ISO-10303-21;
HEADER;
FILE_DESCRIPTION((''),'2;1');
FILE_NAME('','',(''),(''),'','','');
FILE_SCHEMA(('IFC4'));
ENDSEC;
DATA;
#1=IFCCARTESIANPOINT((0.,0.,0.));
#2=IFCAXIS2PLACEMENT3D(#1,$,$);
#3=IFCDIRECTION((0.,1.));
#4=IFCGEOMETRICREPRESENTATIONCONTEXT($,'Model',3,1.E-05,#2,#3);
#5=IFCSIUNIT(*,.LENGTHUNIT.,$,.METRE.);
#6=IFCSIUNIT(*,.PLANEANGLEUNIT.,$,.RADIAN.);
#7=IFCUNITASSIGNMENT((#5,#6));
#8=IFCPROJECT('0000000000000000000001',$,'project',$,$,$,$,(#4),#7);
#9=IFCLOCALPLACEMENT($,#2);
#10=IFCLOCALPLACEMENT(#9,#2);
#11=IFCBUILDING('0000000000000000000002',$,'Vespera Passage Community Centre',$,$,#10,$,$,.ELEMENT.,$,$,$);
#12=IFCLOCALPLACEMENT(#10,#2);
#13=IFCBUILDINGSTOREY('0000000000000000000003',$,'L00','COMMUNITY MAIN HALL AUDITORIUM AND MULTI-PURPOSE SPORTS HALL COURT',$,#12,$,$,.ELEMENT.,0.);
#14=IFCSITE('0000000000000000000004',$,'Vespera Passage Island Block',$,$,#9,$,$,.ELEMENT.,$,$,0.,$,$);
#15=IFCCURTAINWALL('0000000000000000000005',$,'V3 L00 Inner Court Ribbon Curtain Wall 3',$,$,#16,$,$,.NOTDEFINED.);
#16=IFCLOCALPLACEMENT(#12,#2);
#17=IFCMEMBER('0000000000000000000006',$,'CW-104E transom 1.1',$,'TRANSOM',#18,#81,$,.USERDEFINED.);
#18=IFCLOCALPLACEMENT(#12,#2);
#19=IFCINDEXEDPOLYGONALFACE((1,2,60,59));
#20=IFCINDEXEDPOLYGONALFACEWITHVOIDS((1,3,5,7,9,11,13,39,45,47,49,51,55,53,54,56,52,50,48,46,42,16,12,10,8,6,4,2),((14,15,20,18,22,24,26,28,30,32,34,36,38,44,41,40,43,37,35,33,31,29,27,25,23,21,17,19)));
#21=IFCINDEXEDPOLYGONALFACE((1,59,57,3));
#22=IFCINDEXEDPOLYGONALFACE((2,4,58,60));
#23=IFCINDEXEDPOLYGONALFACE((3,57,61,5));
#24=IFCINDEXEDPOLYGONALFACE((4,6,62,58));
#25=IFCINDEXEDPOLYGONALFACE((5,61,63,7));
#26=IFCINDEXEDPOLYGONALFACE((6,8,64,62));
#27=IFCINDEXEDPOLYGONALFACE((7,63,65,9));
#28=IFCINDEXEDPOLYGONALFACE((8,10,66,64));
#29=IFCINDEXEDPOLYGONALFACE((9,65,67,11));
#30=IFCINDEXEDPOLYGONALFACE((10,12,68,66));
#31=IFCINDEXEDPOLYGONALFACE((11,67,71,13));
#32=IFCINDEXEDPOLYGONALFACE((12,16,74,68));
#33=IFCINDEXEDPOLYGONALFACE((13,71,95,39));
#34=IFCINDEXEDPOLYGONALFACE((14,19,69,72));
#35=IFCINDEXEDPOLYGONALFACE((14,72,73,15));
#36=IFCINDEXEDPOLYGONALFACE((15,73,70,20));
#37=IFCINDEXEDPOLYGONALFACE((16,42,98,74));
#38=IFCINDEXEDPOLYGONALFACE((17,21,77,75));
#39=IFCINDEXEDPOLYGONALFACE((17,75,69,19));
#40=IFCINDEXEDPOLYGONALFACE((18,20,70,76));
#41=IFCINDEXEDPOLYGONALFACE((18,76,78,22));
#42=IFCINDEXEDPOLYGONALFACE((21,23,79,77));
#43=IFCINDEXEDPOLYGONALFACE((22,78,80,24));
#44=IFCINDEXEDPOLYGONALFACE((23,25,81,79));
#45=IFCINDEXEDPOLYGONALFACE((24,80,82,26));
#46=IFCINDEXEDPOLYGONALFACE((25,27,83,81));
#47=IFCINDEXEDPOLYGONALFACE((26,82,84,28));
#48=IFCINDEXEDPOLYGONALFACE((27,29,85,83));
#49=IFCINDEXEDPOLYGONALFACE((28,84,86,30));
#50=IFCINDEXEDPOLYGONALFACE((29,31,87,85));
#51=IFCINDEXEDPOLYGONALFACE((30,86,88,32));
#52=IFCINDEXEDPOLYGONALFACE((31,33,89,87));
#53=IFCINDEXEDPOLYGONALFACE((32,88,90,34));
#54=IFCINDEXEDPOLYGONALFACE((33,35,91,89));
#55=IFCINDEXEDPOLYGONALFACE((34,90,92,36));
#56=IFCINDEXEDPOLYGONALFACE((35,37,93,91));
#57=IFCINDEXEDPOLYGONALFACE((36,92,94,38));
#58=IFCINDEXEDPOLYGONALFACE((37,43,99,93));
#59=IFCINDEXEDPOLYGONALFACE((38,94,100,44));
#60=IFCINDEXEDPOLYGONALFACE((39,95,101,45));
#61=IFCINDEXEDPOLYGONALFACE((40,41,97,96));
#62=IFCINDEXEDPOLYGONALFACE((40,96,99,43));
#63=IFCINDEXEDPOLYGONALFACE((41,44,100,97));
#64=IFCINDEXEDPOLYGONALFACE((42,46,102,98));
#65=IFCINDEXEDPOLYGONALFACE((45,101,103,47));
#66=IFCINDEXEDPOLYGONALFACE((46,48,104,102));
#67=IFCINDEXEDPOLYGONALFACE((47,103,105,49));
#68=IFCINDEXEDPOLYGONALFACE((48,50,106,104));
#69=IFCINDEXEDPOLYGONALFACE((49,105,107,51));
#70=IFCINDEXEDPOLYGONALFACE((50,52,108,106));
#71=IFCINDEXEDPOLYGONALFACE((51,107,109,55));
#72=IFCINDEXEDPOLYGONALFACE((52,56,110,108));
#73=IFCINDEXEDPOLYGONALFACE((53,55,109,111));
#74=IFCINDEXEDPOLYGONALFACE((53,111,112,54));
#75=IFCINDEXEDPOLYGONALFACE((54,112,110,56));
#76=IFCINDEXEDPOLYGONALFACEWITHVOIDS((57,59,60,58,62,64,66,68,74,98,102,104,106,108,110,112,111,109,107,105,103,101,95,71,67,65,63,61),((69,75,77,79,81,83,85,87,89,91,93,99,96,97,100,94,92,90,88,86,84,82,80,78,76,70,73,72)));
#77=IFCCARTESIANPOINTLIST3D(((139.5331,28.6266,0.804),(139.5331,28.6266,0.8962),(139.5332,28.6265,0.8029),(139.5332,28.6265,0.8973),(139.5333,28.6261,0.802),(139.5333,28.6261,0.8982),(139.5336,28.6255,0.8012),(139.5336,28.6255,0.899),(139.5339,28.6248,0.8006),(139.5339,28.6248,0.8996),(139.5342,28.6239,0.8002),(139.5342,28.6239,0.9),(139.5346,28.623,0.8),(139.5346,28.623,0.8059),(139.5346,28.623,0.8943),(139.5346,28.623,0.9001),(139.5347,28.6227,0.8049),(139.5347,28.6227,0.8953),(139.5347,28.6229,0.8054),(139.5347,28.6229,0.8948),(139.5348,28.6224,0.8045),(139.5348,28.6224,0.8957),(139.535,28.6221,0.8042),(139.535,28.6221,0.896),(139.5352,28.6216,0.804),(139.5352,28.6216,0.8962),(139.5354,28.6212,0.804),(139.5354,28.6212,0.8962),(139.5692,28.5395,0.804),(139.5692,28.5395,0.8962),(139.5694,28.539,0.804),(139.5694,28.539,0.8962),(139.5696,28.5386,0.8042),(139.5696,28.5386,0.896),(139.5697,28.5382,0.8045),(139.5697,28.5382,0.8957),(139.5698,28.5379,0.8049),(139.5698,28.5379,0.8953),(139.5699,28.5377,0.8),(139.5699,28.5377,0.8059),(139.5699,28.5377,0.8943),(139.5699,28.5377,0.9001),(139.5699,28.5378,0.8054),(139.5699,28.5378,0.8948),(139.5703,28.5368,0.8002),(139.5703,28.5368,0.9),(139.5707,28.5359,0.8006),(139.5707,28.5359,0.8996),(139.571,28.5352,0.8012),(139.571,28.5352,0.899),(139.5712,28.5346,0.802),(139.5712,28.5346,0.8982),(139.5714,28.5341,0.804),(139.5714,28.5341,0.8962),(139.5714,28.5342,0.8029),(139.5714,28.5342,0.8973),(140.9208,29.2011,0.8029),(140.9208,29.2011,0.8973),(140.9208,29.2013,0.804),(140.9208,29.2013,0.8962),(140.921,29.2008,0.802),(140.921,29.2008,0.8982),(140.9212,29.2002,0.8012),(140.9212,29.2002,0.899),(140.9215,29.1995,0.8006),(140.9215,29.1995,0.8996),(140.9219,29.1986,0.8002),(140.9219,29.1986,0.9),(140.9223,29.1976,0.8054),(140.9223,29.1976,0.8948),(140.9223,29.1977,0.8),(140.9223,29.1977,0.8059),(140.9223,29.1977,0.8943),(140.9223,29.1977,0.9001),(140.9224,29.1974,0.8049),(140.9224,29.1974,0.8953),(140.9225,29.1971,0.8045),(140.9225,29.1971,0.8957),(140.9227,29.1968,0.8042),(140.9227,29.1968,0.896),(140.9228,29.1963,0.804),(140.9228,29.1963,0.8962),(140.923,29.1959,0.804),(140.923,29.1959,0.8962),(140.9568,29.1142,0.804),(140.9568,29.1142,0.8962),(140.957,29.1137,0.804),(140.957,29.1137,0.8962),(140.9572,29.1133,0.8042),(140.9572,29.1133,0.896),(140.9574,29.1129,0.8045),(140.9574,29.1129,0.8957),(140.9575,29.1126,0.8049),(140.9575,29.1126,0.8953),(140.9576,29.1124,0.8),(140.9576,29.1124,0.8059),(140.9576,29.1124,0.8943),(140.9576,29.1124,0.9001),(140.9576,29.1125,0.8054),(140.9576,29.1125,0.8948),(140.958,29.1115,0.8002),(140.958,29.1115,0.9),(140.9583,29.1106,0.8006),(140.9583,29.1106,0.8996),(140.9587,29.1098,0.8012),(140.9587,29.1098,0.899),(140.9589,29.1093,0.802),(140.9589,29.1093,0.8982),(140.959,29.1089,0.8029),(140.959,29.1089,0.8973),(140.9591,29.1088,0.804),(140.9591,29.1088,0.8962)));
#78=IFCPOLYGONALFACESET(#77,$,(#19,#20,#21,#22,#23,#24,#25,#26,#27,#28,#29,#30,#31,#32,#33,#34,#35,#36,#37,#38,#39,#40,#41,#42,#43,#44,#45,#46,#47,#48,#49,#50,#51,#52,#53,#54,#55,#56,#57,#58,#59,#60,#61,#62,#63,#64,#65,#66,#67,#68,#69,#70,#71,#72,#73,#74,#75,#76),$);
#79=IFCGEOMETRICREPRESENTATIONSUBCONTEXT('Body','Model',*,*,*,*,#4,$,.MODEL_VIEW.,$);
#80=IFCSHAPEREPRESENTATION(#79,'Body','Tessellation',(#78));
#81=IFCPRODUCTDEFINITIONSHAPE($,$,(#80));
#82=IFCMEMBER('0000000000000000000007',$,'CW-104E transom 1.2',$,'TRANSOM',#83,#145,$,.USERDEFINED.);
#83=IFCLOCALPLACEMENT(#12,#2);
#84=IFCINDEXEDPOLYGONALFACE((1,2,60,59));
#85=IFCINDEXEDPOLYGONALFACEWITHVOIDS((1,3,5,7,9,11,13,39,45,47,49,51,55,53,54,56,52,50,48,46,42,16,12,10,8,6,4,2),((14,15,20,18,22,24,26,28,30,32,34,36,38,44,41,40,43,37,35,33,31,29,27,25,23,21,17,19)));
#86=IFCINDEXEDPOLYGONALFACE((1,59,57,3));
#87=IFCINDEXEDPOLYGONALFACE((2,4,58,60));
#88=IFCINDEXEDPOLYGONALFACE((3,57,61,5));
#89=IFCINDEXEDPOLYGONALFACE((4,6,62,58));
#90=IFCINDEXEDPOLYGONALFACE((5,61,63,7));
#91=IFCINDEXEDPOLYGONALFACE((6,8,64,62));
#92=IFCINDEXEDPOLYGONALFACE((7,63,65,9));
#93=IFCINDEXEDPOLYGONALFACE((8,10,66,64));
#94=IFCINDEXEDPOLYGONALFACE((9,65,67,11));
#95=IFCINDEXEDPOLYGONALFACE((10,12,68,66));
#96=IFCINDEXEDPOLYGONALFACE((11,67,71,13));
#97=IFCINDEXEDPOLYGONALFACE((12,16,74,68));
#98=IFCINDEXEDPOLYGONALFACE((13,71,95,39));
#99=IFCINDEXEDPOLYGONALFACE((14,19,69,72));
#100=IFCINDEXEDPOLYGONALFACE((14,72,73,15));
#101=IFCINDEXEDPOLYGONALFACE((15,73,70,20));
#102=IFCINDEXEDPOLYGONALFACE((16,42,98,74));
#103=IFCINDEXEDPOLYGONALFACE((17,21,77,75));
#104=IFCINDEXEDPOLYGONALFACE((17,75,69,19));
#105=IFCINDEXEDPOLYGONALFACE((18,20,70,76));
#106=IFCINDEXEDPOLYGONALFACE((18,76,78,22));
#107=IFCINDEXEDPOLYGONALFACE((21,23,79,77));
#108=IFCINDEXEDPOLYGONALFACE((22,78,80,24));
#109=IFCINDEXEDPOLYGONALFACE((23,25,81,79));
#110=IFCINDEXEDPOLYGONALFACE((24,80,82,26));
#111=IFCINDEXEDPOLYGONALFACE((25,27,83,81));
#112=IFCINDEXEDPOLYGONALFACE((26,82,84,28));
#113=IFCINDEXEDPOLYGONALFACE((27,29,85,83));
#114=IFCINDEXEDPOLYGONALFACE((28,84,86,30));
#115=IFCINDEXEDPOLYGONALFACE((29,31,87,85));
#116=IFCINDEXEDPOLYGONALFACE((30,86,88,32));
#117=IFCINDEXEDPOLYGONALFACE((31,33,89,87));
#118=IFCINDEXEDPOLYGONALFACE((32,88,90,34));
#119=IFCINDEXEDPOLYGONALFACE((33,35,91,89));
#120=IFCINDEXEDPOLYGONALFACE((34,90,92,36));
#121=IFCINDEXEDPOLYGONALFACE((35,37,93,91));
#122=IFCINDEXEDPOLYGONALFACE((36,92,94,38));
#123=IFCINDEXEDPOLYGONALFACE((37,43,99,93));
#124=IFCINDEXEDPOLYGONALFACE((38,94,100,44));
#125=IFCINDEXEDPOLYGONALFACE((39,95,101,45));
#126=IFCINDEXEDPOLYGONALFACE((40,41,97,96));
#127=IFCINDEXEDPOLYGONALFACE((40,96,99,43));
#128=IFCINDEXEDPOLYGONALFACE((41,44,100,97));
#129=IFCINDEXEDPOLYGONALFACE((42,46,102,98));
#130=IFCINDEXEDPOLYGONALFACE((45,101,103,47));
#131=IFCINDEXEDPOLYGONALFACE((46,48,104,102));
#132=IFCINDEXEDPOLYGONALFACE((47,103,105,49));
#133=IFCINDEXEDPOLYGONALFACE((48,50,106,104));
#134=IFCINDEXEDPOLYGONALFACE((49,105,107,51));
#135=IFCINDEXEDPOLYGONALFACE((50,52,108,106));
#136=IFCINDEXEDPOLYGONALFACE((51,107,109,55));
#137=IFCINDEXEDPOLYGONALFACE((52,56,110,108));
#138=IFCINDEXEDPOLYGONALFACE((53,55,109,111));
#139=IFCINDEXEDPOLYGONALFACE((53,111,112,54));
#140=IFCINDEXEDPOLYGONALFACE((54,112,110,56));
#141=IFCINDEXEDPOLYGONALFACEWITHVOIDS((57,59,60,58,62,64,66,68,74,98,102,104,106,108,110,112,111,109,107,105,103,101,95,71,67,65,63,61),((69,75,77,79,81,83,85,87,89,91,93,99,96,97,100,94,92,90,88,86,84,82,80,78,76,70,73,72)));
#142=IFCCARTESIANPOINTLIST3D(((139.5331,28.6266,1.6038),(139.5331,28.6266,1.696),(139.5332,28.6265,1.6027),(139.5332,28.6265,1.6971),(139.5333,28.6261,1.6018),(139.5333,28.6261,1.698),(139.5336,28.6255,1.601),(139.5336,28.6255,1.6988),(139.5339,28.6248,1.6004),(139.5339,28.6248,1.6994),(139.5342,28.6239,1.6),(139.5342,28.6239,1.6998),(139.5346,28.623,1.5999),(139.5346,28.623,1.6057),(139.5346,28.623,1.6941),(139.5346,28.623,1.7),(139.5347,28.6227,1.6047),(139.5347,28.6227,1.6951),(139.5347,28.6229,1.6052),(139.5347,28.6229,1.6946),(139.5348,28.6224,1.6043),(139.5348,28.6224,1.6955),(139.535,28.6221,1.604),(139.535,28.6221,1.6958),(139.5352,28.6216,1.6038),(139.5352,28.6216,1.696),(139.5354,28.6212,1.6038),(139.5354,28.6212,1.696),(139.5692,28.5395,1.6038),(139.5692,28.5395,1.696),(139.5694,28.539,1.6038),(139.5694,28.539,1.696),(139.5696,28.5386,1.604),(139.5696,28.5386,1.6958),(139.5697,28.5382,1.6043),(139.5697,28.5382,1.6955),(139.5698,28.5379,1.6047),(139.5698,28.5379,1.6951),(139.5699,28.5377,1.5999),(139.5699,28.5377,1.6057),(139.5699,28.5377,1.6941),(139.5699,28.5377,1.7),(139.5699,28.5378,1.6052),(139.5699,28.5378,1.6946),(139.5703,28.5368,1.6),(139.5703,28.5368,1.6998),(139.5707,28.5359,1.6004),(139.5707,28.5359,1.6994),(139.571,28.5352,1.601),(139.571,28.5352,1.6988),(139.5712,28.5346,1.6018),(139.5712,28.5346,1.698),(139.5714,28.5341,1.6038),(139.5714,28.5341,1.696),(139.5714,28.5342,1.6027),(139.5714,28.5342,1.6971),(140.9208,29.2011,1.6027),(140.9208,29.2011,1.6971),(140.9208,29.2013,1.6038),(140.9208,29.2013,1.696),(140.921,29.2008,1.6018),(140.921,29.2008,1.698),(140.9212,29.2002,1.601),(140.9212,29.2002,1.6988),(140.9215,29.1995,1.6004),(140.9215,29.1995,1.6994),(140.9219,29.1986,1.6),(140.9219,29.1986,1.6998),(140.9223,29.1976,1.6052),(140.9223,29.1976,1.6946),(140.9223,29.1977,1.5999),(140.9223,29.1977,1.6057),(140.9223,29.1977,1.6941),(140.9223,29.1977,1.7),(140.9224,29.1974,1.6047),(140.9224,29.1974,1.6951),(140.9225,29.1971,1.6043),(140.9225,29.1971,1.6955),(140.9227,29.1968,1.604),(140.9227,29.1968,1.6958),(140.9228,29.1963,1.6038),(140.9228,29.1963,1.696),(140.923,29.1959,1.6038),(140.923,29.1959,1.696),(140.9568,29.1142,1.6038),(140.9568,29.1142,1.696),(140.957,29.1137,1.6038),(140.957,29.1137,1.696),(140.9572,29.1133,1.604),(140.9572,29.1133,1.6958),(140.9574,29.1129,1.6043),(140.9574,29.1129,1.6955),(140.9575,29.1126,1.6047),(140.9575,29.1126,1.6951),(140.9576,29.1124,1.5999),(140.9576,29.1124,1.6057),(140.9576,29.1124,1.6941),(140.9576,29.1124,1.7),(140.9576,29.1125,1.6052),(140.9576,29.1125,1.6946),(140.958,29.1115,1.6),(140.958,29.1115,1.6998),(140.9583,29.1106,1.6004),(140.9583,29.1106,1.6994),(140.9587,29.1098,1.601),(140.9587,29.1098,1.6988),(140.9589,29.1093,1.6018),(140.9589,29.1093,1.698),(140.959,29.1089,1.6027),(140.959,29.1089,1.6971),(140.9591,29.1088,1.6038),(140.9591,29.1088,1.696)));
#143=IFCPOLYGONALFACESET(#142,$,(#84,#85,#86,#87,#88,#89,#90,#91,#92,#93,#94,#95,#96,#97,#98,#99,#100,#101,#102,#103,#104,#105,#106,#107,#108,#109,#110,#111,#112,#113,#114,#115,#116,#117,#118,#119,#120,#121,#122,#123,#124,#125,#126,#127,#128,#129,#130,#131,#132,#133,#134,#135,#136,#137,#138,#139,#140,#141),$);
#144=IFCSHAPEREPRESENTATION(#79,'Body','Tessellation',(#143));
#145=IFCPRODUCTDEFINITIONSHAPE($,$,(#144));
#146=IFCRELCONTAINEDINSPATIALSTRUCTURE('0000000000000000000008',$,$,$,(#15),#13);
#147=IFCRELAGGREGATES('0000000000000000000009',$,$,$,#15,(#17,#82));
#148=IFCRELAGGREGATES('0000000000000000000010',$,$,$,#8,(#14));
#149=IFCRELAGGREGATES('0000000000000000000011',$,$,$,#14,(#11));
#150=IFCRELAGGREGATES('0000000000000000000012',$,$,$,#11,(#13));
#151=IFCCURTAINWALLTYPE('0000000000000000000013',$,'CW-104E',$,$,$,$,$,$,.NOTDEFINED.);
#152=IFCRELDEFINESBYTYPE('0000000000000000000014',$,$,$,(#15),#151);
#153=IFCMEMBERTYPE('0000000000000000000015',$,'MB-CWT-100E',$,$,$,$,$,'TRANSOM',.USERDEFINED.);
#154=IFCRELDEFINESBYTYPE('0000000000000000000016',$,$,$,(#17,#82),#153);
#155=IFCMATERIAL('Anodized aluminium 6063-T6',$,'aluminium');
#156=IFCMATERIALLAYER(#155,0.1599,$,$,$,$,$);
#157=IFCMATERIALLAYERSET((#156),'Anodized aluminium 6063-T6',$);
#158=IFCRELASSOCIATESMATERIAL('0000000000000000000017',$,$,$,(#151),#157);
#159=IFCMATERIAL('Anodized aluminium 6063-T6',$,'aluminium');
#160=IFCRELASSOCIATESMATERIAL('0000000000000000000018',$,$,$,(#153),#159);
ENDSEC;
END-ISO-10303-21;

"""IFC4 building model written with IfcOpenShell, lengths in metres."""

from ifc_helpers import new_model, si_unit, direction, frame, origin, origin_2d, place, context, subcontext, project, spatial, hollow_rectangle, extrude, material, layer, layer_set, material_profile, profile_set, type_object, element, aggregate, save


model = new_model("IFC4")

# Units and contexts
model_context = context("Model", 3, precision=1e-05, world=origin(), true_north=direction((0.0, 1.0)))
body_context = subcontext(model_context, "Body", "Model", "MODEL_VIEW")
ifc_project = project(units=[si_unit("LENGTHUNIT", "METRE"), si_unit("PLANEANGLEUNIT", "RADIAN")], contexts=[model_context])

# Site, building, storey
site_placement = place(None, origin())
site = spatial("IfcSite", under=ifc_project, at=site_placement, Name="Vespera Passage Island Block", CompositionType="ELEMENT", RefElevation=0.0)
building_placement = place(site_placement, origin())
building = spatial("IfcBuilding", under=site, at=building_placement, Name="Vespera Passage Community Centre", CompositionType="ELEMENT")
storey_placement = place(building_placement, origin())
storey = spatial("IfcBuildingStorey", under=building, at=storey_placement, Name="L00", Description="COMMUNITY MAIN HALL AUDITORIUM AND MULTI-PURPOSE SPORTS HALL COURT", CompositionType="ELEMENT", Elevation=0.0)

# Curtain wall
ifc_material_1 = material(Name="Anodized aluminium 6063-T6", Category="aluminium")
ifc_layer_1 = layer(ifc_material_1, 0.1599)
ifc_layer_set_1 = layer_set([ifc_layer_1], Name="Anodized aluminium 6063-T6")
curtain_wall_type_1 = type_object("IfcCurtainWallType", Name="CW-104E", PredefinedType="NOTDEFINED", material=ifc_layer_set_1)
curtain_wall_1_placement = place(storey_placement, origin())
curtain_wall_1 = element("IfcCurtainWall", 1, at=curtain_wall_1_placement, inside=storey, type_object=curtain_wall_type_1, Name="V3 L00 Inner Court Ribbon Curtain Wall 3", PredefinedType="NOTDEFINED")

# Members
ifc_material_2 = material(Name="Anodized aluminium 6063-T6", Category="aluminium")
ifc_material_profile_1 = material_profile(ifc_material_2, hollow_rectangle(XDim=0.1001, YDim=0.1001, WallThickness=0.0039, InnerFilletRadius=0.002, OuterFilletRadius=0.0039, at=origin_2d()), Name="ALU100X100X4")
ifc_profile_set_1 = profile_set([ifc_material_profile_1], Name="Anodized aluminium 6063-T6")
member_type_1 = type_object("IfcMemberType", Name="MB-CWT-100E", ElementType="TRANSOM", PredefinedType="USERDEFINED", material=ifc_profile_set_1)
member_1_placement = place(storey_placement, frame((140.9399, 29.155, 0.8501), z_axis=(-0.923902, -0.382629, 0.0), x_axis=(0.382629, -0.923902, 0.0)))
member_1 = element("IfcMember", 2, at=member_1_placement, type_object=member_type_1, Name="CW-104E transom 1.1", ObjectType="TRANSOM", PredefinedType="USERDEFINED", context=body_context, shape_type="SweptSolid", body=[
    extrude(hollow_rectangle(XDim=0.1001, YDim=0.1001, WallThickness=0.0039, InnerFilletRadius=0.002, OuterFilletRadius=0.0039, at=origin_2d()), origin(), (0.0, 0.0, 1.0), 1.502),
])
member_2_placement = place(storey_placement, frame((140.9399, 29.155, 1.6499), z_axis=(-0.923902, -0.382629, 0.0), x_axis=(0.382629, -0.923902, 0.0)))
member_2 = element("IfcMember", 3, at=member_2_placement, type_object=member_type_1, Name="CW-104E transom 1.2", ObjectType="TRANSOM", PredefinedType="USERDEFINED", context=body_context, shape_type="SweptSolid", body=[
    extrude(hollow_rectangle(XDim=0.1001, YDim=0.1001, WallThickness=0.0039, InnerFilletRadius=0.002, OuterFilletRadius=0.0039, at=origin_2d()), origin(), (0.0, 0.0, 1.0), 1.502),
])
aggregate(curtain_wall_1, [member_1, member_2])

save(model, "model.ifc")
